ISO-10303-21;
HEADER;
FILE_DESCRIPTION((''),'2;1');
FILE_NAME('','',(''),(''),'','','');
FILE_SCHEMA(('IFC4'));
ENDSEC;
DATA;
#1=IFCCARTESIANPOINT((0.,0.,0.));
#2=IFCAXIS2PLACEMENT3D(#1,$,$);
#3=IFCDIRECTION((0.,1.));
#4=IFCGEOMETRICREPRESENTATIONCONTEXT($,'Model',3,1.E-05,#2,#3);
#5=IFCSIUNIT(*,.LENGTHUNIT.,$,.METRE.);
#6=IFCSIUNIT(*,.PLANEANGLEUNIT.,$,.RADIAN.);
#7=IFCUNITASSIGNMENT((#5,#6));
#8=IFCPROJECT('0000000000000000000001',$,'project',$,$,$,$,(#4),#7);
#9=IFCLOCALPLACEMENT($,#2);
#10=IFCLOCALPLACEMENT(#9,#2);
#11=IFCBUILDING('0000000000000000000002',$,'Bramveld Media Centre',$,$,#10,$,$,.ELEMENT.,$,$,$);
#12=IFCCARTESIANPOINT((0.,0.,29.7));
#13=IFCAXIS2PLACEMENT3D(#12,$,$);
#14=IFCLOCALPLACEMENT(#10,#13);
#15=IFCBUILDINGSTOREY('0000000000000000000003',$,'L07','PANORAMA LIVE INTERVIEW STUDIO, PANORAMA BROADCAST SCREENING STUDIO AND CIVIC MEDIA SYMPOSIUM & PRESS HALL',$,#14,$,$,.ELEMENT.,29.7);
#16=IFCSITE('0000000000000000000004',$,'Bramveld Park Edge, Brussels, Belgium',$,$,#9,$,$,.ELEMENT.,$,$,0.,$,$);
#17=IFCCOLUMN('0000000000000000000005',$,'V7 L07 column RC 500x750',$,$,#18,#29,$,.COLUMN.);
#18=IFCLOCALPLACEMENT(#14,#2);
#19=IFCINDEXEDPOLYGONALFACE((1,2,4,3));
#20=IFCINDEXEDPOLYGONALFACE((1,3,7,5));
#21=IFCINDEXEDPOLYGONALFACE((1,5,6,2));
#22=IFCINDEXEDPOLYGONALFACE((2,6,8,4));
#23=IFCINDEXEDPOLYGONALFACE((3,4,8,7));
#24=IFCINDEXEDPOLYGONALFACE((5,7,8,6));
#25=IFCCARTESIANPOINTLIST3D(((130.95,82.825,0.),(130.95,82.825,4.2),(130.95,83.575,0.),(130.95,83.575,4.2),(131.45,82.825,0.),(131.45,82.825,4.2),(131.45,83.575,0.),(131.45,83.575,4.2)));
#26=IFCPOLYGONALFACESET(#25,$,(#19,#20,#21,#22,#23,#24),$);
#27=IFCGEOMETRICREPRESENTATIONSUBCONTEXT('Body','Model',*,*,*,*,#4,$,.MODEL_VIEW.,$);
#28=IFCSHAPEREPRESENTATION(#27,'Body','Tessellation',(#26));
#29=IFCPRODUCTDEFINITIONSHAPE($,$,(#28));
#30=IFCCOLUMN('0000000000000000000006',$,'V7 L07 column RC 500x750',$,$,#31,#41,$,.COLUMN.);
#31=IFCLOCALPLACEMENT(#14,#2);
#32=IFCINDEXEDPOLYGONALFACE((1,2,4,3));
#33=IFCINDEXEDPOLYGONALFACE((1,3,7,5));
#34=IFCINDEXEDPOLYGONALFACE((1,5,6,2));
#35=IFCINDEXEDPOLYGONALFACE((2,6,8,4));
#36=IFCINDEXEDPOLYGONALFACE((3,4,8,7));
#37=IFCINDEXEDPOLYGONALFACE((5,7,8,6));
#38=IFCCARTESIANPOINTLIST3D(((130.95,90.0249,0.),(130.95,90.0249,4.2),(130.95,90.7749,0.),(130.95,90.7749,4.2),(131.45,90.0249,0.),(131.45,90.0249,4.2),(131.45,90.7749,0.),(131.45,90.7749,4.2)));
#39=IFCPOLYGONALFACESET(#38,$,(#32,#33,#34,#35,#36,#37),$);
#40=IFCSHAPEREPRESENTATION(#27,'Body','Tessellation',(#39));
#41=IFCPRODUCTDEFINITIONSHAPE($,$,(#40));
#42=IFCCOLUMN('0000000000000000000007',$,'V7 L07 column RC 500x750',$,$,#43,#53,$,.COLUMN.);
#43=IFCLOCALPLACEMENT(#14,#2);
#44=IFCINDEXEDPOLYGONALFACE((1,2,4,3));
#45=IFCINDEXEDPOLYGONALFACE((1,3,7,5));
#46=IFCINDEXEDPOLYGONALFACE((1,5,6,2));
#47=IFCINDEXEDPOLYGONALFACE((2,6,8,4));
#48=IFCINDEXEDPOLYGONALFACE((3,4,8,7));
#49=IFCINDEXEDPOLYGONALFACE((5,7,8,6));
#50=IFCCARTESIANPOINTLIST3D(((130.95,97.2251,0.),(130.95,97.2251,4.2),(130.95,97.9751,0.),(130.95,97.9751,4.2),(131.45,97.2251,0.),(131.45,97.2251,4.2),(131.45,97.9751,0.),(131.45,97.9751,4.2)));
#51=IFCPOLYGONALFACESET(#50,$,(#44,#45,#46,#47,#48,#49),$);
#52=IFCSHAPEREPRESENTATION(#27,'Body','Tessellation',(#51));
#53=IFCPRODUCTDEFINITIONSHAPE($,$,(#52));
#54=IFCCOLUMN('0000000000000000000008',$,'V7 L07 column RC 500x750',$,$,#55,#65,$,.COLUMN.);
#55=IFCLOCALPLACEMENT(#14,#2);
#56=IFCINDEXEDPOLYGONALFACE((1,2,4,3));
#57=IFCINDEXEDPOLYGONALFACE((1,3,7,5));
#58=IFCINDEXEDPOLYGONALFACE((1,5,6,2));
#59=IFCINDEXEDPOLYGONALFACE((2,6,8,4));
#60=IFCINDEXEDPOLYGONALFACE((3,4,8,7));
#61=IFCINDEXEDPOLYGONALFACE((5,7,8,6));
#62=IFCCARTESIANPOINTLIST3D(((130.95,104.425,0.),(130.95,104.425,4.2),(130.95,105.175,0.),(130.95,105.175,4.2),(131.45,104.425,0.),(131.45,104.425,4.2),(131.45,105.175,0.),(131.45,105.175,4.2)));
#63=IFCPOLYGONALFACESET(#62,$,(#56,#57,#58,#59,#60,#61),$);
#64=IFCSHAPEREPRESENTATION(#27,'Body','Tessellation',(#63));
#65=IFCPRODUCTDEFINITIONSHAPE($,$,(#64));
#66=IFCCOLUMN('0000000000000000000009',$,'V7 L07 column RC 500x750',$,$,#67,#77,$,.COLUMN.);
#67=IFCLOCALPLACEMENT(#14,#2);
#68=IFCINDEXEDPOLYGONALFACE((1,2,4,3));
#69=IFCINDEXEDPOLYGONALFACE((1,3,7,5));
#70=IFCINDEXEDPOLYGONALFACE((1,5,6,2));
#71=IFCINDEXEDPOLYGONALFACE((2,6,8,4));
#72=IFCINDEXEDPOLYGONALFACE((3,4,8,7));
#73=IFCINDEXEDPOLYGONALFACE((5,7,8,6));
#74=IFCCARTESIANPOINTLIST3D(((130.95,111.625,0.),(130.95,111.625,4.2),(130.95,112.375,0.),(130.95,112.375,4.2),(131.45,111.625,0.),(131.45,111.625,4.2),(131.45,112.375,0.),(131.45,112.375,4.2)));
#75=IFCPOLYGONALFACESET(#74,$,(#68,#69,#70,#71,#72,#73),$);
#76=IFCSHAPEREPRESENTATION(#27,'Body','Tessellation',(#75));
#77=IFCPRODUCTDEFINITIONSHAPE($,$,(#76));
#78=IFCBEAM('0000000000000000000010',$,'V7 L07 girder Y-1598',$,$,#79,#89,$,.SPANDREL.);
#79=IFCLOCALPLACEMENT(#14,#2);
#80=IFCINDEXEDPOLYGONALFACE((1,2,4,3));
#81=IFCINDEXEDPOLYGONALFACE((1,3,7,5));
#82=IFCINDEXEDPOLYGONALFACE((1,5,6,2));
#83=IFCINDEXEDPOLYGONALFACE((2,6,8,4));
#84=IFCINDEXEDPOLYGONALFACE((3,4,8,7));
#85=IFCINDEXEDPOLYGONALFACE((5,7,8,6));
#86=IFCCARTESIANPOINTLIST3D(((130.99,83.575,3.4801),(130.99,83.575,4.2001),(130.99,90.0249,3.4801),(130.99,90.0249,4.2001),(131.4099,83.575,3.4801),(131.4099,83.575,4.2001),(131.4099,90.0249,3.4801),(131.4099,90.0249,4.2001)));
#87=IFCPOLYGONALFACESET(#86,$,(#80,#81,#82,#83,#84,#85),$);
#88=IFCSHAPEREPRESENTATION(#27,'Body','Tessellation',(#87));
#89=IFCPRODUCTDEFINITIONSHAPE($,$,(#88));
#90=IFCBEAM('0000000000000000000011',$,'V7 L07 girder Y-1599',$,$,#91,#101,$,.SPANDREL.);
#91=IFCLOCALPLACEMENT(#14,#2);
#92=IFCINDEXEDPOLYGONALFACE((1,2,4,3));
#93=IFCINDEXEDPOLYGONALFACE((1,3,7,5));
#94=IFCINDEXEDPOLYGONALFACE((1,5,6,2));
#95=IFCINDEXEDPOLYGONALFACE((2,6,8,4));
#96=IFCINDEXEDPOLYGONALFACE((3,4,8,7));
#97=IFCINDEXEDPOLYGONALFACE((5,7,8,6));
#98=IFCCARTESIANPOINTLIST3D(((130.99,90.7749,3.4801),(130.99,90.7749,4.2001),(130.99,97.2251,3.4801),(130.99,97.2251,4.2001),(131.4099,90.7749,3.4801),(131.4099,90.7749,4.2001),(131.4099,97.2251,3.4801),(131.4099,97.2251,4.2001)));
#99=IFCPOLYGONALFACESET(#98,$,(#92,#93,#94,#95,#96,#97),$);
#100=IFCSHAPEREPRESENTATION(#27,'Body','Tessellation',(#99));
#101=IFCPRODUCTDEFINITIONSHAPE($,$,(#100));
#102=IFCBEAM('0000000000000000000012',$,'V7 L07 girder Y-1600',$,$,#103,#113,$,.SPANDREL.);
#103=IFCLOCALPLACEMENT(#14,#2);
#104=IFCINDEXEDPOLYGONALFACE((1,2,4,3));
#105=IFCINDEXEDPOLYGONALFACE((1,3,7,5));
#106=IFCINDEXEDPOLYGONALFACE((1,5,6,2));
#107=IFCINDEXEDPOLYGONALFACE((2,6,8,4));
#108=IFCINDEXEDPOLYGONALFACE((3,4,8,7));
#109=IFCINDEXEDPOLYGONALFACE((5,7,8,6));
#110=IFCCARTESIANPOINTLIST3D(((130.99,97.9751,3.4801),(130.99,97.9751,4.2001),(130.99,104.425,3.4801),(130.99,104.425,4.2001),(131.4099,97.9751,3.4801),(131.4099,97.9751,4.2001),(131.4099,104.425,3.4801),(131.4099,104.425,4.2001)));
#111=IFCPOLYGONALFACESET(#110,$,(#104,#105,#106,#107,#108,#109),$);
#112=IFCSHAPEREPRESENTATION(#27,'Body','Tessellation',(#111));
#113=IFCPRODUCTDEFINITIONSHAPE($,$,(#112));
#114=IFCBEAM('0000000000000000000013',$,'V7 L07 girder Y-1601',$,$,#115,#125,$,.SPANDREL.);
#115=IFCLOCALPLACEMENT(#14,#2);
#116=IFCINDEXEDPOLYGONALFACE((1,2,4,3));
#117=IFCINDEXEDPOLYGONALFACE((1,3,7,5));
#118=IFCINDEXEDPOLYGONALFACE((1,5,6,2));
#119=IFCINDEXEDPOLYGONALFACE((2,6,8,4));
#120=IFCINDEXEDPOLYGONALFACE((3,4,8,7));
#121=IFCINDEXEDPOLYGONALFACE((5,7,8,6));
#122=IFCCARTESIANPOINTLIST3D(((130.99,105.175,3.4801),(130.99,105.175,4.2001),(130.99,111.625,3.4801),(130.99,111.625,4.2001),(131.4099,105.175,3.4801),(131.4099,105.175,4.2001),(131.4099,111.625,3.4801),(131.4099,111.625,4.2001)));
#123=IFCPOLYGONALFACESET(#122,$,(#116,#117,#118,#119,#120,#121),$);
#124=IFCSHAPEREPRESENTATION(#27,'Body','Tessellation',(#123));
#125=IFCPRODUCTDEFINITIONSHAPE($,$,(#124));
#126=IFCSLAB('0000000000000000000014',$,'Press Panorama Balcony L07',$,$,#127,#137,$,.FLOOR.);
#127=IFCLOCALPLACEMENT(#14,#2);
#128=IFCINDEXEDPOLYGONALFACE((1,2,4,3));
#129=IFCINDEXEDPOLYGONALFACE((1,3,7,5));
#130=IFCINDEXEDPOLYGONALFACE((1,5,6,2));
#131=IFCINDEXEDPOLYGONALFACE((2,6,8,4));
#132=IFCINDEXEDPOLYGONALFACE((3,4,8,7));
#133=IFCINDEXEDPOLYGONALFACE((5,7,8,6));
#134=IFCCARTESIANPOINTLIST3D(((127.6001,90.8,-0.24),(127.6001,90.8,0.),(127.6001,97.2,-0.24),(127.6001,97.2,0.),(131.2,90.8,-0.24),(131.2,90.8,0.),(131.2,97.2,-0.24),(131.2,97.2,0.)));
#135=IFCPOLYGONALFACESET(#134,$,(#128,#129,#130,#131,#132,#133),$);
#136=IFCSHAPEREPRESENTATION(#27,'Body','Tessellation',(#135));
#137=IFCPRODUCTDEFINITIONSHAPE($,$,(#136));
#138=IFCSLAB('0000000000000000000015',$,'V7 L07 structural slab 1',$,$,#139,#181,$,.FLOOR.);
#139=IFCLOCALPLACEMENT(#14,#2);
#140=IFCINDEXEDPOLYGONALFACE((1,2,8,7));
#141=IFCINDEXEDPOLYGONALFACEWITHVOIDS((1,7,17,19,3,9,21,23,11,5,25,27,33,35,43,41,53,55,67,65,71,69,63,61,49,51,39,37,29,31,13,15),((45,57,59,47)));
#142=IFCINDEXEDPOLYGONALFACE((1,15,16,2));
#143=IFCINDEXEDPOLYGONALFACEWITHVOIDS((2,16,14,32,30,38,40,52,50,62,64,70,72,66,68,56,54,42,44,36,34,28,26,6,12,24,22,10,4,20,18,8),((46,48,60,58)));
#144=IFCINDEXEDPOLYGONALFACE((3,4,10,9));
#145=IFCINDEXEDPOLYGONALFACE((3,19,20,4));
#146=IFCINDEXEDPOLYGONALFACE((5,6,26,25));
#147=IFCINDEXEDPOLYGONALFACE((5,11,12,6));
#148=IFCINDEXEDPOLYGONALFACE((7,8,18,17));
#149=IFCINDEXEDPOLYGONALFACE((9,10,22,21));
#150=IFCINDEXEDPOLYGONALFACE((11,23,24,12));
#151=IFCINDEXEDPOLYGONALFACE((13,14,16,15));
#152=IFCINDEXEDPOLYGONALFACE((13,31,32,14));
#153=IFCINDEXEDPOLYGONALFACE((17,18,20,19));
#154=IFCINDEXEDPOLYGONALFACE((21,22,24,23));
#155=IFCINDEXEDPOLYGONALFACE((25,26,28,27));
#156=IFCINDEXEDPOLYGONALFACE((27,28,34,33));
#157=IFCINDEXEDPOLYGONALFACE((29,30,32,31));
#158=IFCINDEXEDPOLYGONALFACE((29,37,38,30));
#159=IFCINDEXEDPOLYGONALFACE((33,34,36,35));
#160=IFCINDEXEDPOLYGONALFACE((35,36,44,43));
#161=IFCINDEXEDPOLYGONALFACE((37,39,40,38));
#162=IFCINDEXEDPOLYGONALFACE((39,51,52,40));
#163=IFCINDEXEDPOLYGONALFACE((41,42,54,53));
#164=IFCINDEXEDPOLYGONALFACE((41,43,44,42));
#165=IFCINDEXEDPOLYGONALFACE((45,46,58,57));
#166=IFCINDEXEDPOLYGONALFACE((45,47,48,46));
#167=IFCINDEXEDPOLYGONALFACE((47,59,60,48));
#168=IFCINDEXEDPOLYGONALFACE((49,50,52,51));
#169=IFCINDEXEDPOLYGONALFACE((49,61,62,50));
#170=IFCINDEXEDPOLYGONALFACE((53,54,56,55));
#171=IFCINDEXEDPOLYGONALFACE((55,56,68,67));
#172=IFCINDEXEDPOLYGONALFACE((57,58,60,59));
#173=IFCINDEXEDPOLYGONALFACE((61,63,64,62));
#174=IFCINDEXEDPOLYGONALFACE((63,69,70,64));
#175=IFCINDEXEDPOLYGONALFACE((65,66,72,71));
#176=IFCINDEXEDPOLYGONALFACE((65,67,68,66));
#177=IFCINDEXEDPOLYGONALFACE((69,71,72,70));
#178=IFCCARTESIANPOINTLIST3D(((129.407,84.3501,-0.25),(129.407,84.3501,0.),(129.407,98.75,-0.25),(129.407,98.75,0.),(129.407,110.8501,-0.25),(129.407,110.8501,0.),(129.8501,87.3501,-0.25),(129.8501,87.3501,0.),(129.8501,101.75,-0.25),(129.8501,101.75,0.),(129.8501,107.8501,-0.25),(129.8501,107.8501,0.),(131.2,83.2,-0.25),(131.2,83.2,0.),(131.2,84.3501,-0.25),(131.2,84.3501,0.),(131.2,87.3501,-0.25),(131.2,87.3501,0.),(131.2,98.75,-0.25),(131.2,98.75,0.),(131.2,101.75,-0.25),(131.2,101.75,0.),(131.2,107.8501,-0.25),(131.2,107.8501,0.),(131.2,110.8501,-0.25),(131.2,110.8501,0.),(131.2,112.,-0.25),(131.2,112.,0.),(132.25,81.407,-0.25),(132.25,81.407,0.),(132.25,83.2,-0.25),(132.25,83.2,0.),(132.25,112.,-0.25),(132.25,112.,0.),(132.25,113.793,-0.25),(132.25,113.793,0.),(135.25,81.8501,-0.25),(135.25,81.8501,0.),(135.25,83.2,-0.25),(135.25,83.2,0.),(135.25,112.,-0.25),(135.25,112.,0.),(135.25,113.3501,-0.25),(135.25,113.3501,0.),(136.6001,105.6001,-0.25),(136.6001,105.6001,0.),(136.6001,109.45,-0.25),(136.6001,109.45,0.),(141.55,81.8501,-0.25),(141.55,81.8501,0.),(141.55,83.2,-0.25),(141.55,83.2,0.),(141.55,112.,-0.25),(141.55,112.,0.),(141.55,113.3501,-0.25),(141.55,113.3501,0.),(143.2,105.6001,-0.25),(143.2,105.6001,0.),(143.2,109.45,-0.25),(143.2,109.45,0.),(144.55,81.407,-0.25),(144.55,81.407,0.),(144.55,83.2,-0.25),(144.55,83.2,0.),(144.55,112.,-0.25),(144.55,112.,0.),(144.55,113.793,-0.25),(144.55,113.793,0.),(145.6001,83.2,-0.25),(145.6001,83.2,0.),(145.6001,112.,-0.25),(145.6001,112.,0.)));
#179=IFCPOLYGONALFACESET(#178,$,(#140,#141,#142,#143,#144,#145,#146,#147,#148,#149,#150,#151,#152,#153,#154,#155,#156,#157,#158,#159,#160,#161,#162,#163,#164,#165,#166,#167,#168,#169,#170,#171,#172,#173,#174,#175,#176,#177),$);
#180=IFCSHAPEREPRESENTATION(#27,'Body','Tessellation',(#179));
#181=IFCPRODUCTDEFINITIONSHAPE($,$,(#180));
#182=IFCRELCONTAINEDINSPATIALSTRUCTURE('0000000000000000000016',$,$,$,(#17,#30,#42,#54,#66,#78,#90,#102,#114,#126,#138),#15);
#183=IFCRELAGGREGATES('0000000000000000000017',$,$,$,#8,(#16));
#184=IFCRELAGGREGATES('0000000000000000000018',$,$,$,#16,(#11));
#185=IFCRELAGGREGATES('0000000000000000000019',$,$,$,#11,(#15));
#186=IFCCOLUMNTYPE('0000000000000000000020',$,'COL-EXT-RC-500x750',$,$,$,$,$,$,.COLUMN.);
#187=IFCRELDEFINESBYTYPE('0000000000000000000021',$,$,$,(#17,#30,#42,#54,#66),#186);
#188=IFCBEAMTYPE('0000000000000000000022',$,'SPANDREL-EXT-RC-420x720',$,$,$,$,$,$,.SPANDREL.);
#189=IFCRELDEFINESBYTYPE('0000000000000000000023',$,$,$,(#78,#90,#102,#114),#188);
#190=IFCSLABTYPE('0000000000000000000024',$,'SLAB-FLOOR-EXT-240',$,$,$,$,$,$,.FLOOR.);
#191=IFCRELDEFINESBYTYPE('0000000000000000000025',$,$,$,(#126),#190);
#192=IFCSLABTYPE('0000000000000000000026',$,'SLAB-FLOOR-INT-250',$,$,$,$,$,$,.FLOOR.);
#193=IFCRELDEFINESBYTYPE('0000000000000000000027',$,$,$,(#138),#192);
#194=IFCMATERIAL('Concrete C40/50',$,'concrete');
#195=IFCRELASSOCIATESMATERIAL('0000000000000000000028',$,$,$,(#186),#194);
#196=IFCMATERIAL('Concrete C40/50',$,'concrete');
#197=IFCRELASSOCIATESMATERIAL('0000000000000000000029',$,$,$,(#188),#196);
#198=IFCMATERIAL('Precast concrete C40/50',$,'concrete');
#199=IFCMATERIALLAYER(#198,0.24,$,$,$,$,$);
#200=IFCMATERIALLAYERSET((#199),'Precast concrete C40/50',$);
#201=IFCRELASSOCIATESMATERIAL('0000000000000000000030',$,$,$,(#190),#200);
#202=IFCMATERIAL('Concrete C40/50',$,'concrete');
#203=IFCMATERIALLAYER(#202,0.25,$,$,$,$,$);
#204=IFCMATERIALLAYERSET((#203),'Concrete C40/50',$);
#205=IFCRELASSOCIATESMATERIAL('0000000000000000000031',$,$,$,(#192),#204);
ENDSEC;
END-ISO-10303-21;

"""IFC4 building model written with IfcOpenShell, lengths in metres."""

from ifc_helpers import new_model, si_unit, direction, frame, origin, origin_2d, place, context, subcontext, project, spatial, polyline, rectangle, outline, extrude, material, layer, layer_set, material_profile, profile_set, type_object, element, save


model = new_model("IFC4")

# Units and contexts
model_context = context("Model", 3, precision=1e-05, world=origin(), true_north=direction((0.0, 1.0)))
body_context = subcontext(model_context, "Body", "Model", "MODEL_VIEW")
ifc_project = project(units=[si_unit("LENGTHUNIT", "METRE"), si_unit("PLANEANGLEUNIT", "RADIAN")], contexts=[model_context])

# Site, building, storey
site_placement = place(None, origin())
site = spatial("IfcSite", under=ifc_project, at=site_placement, Name="Bramveld Park Edge, Brussels, Belgium", CompositionType="ELEMENT", RefElevation=0.0)
building_placement = place(site_placement, origin())
building = spatial("IfcBuilding", under=site, at=building_placement, Name="Bramveld Media Centre", CompositionType="ELEMENT")
storey_placement = place(building_placement, frame((0.0, 0.0, 29.7)))
storey = spatial("IfcBuildingStorey", under=building, at=storey_placement, Name="L07", Description="PANORAMA LIVE INTERVIEW STUDIO, PANORAMA BROADCAST SCREENING STUDIO AND CIVIC MEDIA SYMPOSIUM & PRESS HALL", CompositionType="ELEMENT", Elevation=29.7)

# Columns
ifc_material_1 = material(Name="Concrete C40/50", Category="concrete")
ifc_material_profile_1 = material_profile(ifc_material_1, rectangle(XDim=0.5, YDim=0.75, at=origin_2d()), Name="RC 500x750")
ifc_profile_set_1 = profile_set([ifc_material_profile_1], Name="Concrete C40/50")
column_type = type_object("IfcColumnType", Name="COL-EXT-RC-500x750", PredefinedType="COLUMN", material=ifc_profile_set_1)
for number, where, z_axis, x_axis, name in (
    (1, (131.2, 83.2, 0.0), (0.0, 0.0, 1.0), (1.0, 0.0, 0.0), "V7 L07 column RC 500x750"),
    (2, (131.2, 90.3999, 0.0), (0.0, 0.0, 1.0), (1.0, 0.0, 0.0), "V7 L07 column RC 500x750"),
    (3, (131.2, 97.6001, 0.0), (0.0, 0.0, 1.0), (1.0, 0.0, 0.0), "V7 L07 column RC 500x750"),
    (4, (131.2, 104.8, 0.0), (0.0, 0.0, 1.0), (1.0, 0.0, 0.0), "V7 L07 column RC 500x750"),
    (5, (131.2, 112.0, 0.0), (0.0, 0.0, 1.0), (1.0, 0.0, 0.0), "V7 L07 column RC 500x750"),
):
    element("IfcColumn", number, at=place(storey_placement, frame(where, z_axis=z_axis, x_axis=x_axis)), inside=storey, type_object=column_type, Name=name, PredefinedType="COLUMN", context=body_context, shape_type="SweptSolid", body=[
        extrude(rectangle(XDim=0.5, YDim=0.75, at=origin_2d()), origin(), (0.0, 0.0, 1.0), 4.2),
    ])

# Beams
ifc_material_2 = material(Name="Concrete C40/50", Category="concrete")
ifc_material_profile_2 = material_profile(ifc_material_2, rectangle(XDim=0.4199, YDim=0.72, at=origin_2d()), Name="RC 420x720")
ifc_profile_set_2 = profile_set([ifc_material_profile_2], Name="Concrete C40/50")
beam_type = type_object("IfcBeamType", Name="SPANDREL-EXT-RC-420x720", PredefinedType="SPANDREL", material=ifc_profile_set_2)
beam_1_placement = place(storey_placement, frame((131.2, 83.575, 3.8401), z_axis=(0.0, 1.0, 0.0), x_axis=(-1.0, 0.0, 0.0)))
element("IfcBeam", 6, at=beam_1_placement, inside=storey, type_object=beam_type, Name="V7 L07 girder Y-1598", PredefinedType="SPANDREL", context=body_context, shape_type="SweptSolid", body=[
    extrude(rectangle(XDim=0.4199, YDim=0.72, at=origin_2d()), origin(), (0.0, 0.0, 1.0), 6.45),
])
beam_2_placement = place(storey_placement, frame((131.2, 90.7749, 3.8401), z_axis=(0.0, 1.0, 0.0), x_axis=(-1.0, 0.0, 0.0)))
element("IfcBeam", 7, at=beam_2_placement, inside=storey, type_object=beam_type, Name="V7 L07 girder Y-1599", PredefinedType="SPANDREL", context=body_context, shape_type="SweptSolid", body=[
    extrude(rectangle(XDim=0.4199, YDim=0.72, at=origin_2d()), origin(), (0.0, 0.0, 1.0), 6.4502),
])
for number, where, z_axis, x_axis, name in (
    (8, (131.2, 97.9751, 3.8401), (0.0, 1.0, 0.0), (-1.0, 0.0, 0.0), "V7 L07 girder Y-1600"),
    (9, (131.2, 105.175, 3.8401), (0.0, 1.0, 0.0), (-1.0, 0.0, 0.0), "V7 L07 girder Y-1601"),
):
    element("IfcBeam", number, at=place(storey_placement, frame(where, z_axis=z_axis, x_axis=x_axis)), inside=storey, type_object=beam_type, Name=name, PredefinedType="SPANDREL", context=body_context, shape_type="SweptSolid", body=[
        extrude(rectangle(XDim=0.4199, YDim=0.72, at=origin_2d()), origin(), (0.0, 0.0, 1.0), 6.45),
    ])

# Slabs
ifc_material_3 = material(Name="Precast concrete C40/50", Category="concrete")
ifc_layer_1 = layer(ifc_material_3, 0.24)
ifc_layer_set_1 = layer_set([ifc_layer_1], Name="Precast concrete C40/50")
slab_type_1 = type_object("IfcSlabType", Name="SLAB-FLOOR-EXT-240", PredefinedType="FLOOR", material=ifc_layer_set_1)
slab_1_placement = place(storey_placement, frame((0.0, 0.0, -0.24)))
element("IfcSlab", 10, at=slab_1_placement, inside=storey, type_object=slab_type_1, Name="Press Panorama Balcony L07", PredefinedType="FLOOR", context=body_context, shape_type="SweptSolid", body=[
    extrude(outline(polyline([(127.6001, 90.8), (131.2, 90.8), (131.2, 97.2), (127.6001, 97.2), (127.6001, 90.8)])), origin(), (0.0, 0.0, 1.0), 0.24),
])
ifc_material_4 = material(Name="Concrete C40/50", Category="concrete")
ifc_layer_2 = layer(ifc_material_4, 0.25)
ifc_layer_set_2 = layer_set([ifc_layer_2], Name="Concrete C40/50")
slab_type_2 = type_object("IfcSlabType", Name="SLAB-FLOOR-INT-250", PredefinedType="FLOOR", material=ifc_layer_set_2)
slab_2_placement = place(storey_placement, frame((0.0, 0.0, -0.25)))
element("IfcSlab", 11, at=slab_2_placement, inside=storey, type_object=slab_type_2, Name="V7 L07 structural slab 1", PredefinedType="FLOOR", context=body_context, shape_type="SweptSolid", body=[
    extrude(outline(polyline([(131.2, 84.3501), (129.407, 84.3501), (129.8501, 87.3501), (131.2, 87.3501), (131.2, 98.75), (129.407, 98.75), (129.8501, 101.75), (131.2, 101.75), (131.2, 107.8501), (129.8501, 107.8501), (129.407, 110.8501), (131.2, 110.8501), (131.2, 112.0), (132.25, 112.0), (132.25, 113.793), (135.25, 113.3501), (135.25, 112.0), (141.55, 112.0), (141.55, 113.3501), (144.55, 113.793), (144.55, 112.0), (145.6001, 112.0), (145.6001, 83.2), (144.55, 83.2), (144.55, 81.407), (141.55, 81.8501), (141.55, 83.2), (135.25, 83.2), (135.25, 81.8501), (132.25, 81.407), (132.25, 83.2), (131.2, 83.2), (131.2, 84.3501)]), holes=[polyline([(143.2, 109.45), (136.6001, 109.45), (136.6001, 105.6001), (143.2, 105.6001), (143.2, 109.45)])]), origin(), (0.0, 0.0, 1.0), 0.25),
])

save(model, "model.ifc")
